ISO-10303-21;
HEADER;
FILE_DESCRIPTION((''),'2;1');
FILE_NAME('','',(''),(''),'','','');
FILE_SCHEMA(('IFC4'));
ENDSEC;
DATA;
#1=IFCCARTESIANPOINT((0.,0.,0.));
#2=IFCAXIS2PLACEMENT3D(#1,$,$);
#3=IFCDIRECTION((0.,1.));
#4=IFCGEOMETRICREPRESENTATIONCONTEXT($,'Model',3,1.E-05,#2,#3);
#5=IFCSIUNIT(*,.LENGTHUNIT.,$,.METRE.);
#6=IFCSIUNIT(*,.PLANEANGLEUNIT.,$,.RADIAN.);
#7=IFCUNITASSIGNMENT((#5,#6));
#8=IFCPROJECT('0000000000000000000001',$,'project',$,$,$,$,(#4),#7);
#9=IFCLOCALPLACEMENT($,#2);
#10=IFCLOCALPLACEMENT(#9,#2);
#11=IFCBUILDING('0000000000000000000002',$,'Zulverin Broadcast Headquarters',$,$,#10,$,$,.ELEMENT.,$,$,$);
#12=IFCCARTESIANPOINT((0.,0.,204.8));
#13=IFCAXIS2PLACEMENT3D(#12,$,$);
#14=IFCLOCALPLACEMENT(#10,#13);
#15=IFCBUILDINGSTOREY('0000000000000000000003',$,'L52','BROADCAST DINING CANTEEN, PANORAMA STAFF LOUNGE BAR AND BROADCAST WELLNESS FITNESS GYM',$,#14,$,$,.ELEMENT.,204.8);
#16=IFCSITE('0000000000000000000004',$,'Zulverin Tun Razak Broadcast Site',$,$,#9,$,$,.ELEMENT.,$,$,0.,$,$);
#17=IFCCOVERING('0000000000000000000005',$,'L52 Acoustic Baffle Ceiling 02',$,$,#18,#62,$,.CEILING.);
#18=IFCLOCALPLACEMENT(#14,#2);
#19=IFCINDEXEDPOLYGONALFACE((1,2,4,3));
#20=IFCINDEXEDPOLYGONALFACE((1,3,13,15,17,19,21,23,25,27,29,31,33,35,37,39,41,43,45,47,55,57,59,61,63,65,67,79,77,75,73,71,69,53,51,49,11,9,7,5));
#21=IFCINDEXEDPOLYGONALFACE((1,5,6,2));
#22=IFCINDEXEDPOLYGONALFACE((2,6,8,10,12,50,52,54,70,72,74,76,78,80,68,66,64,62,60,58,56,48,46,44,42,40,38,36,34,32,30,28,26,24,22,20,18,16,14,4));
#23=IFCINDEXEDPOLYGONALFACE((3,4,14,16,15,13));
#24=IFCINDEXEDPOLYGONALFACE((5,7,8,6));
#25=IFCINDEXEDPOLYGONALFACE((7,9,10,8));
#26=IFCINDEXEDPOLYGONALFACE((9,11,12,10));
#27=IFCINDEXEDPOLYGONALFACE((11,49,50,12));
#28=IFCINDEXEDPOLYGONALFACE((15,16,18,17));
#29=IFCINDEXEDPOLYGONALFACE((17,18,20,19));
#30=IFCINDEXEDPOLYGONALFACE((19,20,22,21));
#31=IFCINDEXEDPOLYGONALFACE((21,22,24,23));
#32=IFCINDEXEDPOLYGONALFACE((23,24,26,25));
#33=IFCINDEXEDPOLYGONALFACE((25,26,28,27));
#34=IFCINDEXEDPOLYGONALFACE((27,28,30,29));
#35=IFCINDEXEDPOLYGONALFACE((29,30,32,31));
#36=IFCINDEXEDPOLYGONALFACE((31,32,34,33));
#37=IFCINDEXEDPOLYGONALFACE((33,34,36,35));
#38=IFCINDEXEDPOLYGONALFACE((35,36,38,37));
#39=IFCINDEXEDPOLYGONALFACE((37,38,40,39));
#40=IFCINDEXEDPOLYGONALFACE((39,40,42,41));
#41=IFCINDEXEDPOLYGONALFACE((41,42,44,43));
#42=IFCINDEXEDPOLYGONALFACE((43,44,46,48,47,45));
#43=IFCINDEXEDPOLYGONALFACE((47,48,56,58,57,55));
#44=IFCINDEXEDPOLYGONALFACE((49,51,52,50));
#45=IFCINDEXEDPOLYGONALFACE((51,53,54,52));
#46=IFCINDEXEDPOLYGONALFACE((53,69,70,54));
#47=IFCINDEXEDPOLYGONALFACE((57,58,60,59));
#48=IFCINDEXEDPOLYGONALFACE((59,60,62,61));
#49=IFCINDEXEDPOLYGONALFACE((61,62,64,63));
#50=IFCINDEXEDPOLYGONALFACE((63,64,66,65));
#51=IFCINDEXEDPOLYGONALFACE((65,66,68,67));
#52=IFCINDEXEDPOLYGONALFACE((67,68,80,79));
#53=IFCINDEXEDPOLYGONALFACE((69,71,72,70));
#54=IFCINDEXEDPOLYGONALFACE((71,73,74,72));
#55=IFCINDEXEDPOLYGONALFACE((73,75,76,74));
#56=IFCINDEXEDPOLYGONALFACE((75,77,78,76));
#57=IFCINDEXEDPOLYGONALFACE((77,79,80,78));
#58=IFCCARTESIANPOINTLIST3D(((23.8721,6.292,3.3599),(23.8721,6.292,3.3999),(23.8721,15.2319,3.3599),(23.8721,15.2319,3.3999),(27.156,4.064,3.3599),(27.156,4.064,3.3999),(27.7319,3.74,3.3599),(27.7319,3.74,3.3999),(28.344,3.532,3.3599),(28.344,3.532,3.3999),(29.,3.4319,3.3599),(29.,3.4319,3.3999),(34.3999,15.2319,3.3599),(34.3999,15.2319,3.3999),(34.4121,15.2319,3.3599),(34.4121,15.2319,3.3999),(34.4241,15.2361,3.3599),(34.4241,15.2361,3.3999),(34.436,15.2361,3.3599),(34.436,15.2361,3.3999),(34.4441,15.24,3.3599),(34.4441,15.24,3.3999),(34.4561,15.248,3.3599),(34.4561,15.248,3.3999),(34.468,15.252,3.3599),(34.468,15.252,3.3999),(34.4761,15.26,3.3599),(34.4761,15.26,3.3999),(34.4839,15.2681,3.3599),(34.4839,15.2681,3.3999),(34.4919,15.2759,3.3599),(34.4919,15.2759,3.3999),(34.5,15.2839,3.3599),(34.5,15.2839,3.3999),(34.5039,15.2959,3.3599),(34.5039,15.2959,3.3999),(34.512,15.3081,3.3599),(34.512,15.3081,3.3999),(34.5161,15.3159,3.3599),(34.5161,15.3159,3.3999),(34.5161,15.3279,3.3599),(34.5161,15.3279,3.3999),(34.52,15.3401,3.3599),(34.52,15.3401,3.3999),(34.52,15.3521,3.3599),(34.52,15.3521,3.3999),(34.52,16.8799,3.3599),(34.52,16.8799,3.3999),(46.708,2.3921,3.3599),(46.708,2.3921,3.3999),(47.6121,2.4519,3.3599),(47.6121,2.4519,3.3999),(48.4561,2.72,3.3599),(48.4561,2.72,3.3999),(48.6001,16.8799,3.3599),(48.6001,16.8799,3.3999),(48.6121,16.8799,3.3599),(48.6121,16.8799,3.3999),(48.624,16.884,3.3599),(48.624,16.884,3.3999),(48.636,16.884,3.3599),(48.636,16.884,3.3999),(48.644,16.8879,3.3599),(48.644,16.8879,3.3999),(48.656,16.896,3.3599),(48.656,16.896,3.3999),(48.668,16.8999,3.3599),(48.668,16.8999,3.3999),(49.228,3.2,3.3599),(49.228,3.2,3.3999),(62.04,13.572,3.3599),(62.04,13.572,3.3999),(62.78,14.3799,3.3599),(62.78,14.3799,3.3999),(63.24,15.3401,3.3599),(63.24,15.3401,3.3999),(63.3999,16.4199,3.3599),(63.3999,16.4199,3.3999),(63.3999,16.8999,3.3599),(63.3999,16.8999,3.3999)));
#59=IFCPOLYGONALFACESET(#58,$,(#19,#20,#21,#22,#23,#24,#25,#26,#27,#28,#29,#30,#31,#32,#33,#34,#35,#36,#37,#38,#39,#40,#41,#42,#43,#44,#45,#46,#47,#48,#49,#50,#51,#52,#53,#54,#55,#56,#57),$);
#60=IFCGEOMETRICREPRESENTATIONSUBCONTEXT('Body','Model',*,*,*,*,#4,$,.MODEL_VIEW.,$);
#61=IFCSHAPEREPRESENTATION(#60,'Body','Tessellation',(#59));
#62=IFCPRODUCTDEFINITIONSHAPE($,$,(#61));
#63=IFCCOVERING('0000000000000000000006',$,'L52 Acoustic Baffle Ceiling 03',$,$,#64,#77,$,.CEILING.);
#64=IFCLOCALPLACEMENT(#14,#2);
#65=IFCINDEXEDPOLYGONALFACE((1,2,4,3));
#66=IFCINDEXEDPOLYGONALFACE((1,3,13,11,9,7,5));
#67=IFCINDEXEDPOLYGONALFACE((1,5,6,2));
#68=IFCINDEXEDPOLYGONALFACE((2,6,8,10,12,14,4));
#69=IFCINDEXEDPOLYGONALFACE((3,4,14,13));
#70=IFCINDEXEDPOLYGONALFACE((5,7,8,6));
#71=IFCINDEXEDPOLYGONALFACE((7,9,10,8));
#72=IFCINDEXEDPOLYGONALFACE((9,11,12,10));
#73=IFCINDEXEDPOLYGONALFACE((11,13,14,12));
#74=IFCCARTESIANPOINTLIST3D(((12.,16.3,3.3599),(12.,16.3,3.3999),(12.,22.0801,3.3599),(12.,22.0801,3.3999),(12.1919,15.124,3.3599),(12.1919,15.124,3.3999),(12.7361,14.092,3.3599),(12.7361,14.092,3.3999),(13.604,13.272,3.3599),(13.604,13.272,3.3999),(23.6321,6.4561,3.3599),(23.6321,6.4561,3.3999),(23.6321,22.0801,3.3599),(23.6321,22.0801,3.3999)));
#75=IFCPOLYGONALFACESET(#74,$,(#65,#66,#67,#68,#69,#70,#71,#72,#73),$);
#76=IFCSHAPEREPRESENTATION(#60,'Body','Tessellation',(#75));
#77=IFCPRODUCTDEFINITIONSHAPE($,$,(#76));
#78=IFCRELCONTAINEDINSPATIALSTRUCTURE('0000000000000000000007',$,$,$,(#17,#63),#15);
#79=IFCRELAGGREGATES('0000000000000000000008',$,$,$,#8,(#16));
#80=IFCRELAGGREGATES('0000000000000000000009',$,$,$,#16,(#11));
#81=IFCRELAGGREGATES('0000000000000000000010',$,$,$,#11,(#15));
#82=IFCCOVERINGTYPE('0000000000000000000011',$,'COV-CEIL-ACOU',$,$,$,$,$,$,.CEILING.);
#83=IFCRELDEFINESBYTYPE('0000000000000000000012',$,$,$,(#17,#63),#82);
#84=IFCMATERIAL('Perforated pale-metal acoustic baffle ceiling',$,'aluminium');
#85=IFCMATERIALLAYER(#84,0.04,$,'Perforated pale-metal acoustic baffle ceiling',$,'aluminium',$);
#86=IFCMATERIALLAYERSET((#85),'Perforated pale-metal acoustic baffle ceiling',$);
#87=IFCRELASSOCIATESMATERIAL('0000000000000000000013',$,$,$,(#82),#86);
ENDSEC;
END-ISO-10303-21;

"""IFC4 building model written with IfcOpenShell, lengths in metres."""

from ifc_helpers import new_model, si_unit, direction, frame, origin, place, context, subcontext, project, spatial, polyline, outline, extrude, material, layer, layer_set, type_object, element, save


model = new_model("IFC4")

# Units and contexts
model_context = context("Model", 3, precision=1e-05, world=origin(), true_north=direction((0.0, 1.0)))
body_context = subcontext(model_context, "Body", "Model", "MODEL_VIEW")
ifc_project = project(units=[si_unit("LENGTHUNIT", "METRE"), si_unit("PLANEANGLEUNIT", "RADIAN")], contexts=[model_context])

# Site, building, storey
site_placement = place(None, origin())
site = spatial("IfcSite", under=ifc_project, at=site_placement, Name="Zulverin Tun Razak Broadcast Site", CompositionType="ELEMENT", RefElevation=0.0)
building_placement = place(site_placement, origin())
building = spatial("IfcBuilding", under=site, at=building_placement, Name="Zulverin Broadcast Headquarters", CompositionType="ELEMENT")
storey_placement = place(building_placement, frame((0.0, 0.0, 204.8)))
storey = spatial("IfcBuildingStorey", under=building, at=storey_placement, Name="L52", Description="BROADCAST DINING CANTEEN, PANORAMA STAFF LOUNGE BAR AND BROADCAST WELLNESS FITNESS GYM", CompositionType="ELEMENT", Elevation=204.8)

# Coverings
ifc_material_1 = material(Name="Perforated pale-metal acoustic baffle ceiling", Category="aluminium")
ifc_layer_1 = layer(ifc_material_1, 0.04, Name="Perforated pale-metal acoustic baffle ceiling", Category="aluminium")
ifc_layer_set_1 = layer_set([ifc_layer_1], Name="Perforated pale-metal acoustic baffle ceiling")
covering_type = type_object("IfcCoveringType", Name="COV-CEIL-ACOU", PredefinedType="CEILING", material=ifc_layer_set_1)
covering_1_placement = place(storey_placement, frame((0.0, 0.0, 3.3599)))
element("IfcCovering", 1, at=covering_1_placement, inside=storey, type_object=covering_type, Name="L52 Acoustic Baffle Ceiling 02", PredefinedType="CEILING", context=body_context, shape_type="SweptSolid", body=[
    extrude(outline(polyline([(48.624, 16.884), (48.6121, 16.8799), (48.6001, 16.8799), (34.52, 16.8799), (34.52, 15.3521), (34.52, 15.3401), (34.5161, 15.3279), (34.5161, 15.3159), (34.512, 15.3081), (34.5039, 15.2959), (34.5, 15.2839), (34.4919, 15.2759), (34.4839, 15.2681), (34.4761, 15.26), (34.468, 15.252), (34.4561, 15.248), (34.4441, 15.24), (34.436, 15.2361), (34.4241, 15.2361), (34.4121, 15.2319), (34.3999, 15.2319), (23.8721, 15.2319), (23.8721, 6.292), (27.156, 4.064), (27.7319, 3.74), (28.344, 3.532), (29.0, 3.4319), (46.708, 2.3921), (47.6121, 2.4519), (48.4561, 2.72), (49.228, 3.2), (62.04, 13.572), (62.78, 14.3799), (63.24, 15.3401), (63.3999, 16.4199), (63.3999, 16.8999), (48.668, 16.8999), (48.656, 16.896), (48.644, 16.8879), (48.636, 16.884), (48.624, 16.884)])), origin(), (0.0, 0.0, 1.0), 0.04),
])
covering_2_placement = place(storey_placement, frame((0.0, 0.0, 3.3599)))
element("IfcCovering", 2, at=covering_2_placement, inside=storey, type_object=covering_type, Name="L52 Acoustic Baffle Ceiling 03", PredefinedType="CEILING", context=body_context, shape_type="SweptSolid", body=[
    extrude(outline(polyline([(12.7361, 14.092), (13.604, 13.272), (23.6321, 6.4561), (23.6321, 22.0801), (12.0, 22.0801), (12.0, 16.3), (12.1919, 15.124), (12.7361, 14.092)])), origin(), (0.0, 0.0, 1.0), 0.04),
])

save(model, "model.ifc")
